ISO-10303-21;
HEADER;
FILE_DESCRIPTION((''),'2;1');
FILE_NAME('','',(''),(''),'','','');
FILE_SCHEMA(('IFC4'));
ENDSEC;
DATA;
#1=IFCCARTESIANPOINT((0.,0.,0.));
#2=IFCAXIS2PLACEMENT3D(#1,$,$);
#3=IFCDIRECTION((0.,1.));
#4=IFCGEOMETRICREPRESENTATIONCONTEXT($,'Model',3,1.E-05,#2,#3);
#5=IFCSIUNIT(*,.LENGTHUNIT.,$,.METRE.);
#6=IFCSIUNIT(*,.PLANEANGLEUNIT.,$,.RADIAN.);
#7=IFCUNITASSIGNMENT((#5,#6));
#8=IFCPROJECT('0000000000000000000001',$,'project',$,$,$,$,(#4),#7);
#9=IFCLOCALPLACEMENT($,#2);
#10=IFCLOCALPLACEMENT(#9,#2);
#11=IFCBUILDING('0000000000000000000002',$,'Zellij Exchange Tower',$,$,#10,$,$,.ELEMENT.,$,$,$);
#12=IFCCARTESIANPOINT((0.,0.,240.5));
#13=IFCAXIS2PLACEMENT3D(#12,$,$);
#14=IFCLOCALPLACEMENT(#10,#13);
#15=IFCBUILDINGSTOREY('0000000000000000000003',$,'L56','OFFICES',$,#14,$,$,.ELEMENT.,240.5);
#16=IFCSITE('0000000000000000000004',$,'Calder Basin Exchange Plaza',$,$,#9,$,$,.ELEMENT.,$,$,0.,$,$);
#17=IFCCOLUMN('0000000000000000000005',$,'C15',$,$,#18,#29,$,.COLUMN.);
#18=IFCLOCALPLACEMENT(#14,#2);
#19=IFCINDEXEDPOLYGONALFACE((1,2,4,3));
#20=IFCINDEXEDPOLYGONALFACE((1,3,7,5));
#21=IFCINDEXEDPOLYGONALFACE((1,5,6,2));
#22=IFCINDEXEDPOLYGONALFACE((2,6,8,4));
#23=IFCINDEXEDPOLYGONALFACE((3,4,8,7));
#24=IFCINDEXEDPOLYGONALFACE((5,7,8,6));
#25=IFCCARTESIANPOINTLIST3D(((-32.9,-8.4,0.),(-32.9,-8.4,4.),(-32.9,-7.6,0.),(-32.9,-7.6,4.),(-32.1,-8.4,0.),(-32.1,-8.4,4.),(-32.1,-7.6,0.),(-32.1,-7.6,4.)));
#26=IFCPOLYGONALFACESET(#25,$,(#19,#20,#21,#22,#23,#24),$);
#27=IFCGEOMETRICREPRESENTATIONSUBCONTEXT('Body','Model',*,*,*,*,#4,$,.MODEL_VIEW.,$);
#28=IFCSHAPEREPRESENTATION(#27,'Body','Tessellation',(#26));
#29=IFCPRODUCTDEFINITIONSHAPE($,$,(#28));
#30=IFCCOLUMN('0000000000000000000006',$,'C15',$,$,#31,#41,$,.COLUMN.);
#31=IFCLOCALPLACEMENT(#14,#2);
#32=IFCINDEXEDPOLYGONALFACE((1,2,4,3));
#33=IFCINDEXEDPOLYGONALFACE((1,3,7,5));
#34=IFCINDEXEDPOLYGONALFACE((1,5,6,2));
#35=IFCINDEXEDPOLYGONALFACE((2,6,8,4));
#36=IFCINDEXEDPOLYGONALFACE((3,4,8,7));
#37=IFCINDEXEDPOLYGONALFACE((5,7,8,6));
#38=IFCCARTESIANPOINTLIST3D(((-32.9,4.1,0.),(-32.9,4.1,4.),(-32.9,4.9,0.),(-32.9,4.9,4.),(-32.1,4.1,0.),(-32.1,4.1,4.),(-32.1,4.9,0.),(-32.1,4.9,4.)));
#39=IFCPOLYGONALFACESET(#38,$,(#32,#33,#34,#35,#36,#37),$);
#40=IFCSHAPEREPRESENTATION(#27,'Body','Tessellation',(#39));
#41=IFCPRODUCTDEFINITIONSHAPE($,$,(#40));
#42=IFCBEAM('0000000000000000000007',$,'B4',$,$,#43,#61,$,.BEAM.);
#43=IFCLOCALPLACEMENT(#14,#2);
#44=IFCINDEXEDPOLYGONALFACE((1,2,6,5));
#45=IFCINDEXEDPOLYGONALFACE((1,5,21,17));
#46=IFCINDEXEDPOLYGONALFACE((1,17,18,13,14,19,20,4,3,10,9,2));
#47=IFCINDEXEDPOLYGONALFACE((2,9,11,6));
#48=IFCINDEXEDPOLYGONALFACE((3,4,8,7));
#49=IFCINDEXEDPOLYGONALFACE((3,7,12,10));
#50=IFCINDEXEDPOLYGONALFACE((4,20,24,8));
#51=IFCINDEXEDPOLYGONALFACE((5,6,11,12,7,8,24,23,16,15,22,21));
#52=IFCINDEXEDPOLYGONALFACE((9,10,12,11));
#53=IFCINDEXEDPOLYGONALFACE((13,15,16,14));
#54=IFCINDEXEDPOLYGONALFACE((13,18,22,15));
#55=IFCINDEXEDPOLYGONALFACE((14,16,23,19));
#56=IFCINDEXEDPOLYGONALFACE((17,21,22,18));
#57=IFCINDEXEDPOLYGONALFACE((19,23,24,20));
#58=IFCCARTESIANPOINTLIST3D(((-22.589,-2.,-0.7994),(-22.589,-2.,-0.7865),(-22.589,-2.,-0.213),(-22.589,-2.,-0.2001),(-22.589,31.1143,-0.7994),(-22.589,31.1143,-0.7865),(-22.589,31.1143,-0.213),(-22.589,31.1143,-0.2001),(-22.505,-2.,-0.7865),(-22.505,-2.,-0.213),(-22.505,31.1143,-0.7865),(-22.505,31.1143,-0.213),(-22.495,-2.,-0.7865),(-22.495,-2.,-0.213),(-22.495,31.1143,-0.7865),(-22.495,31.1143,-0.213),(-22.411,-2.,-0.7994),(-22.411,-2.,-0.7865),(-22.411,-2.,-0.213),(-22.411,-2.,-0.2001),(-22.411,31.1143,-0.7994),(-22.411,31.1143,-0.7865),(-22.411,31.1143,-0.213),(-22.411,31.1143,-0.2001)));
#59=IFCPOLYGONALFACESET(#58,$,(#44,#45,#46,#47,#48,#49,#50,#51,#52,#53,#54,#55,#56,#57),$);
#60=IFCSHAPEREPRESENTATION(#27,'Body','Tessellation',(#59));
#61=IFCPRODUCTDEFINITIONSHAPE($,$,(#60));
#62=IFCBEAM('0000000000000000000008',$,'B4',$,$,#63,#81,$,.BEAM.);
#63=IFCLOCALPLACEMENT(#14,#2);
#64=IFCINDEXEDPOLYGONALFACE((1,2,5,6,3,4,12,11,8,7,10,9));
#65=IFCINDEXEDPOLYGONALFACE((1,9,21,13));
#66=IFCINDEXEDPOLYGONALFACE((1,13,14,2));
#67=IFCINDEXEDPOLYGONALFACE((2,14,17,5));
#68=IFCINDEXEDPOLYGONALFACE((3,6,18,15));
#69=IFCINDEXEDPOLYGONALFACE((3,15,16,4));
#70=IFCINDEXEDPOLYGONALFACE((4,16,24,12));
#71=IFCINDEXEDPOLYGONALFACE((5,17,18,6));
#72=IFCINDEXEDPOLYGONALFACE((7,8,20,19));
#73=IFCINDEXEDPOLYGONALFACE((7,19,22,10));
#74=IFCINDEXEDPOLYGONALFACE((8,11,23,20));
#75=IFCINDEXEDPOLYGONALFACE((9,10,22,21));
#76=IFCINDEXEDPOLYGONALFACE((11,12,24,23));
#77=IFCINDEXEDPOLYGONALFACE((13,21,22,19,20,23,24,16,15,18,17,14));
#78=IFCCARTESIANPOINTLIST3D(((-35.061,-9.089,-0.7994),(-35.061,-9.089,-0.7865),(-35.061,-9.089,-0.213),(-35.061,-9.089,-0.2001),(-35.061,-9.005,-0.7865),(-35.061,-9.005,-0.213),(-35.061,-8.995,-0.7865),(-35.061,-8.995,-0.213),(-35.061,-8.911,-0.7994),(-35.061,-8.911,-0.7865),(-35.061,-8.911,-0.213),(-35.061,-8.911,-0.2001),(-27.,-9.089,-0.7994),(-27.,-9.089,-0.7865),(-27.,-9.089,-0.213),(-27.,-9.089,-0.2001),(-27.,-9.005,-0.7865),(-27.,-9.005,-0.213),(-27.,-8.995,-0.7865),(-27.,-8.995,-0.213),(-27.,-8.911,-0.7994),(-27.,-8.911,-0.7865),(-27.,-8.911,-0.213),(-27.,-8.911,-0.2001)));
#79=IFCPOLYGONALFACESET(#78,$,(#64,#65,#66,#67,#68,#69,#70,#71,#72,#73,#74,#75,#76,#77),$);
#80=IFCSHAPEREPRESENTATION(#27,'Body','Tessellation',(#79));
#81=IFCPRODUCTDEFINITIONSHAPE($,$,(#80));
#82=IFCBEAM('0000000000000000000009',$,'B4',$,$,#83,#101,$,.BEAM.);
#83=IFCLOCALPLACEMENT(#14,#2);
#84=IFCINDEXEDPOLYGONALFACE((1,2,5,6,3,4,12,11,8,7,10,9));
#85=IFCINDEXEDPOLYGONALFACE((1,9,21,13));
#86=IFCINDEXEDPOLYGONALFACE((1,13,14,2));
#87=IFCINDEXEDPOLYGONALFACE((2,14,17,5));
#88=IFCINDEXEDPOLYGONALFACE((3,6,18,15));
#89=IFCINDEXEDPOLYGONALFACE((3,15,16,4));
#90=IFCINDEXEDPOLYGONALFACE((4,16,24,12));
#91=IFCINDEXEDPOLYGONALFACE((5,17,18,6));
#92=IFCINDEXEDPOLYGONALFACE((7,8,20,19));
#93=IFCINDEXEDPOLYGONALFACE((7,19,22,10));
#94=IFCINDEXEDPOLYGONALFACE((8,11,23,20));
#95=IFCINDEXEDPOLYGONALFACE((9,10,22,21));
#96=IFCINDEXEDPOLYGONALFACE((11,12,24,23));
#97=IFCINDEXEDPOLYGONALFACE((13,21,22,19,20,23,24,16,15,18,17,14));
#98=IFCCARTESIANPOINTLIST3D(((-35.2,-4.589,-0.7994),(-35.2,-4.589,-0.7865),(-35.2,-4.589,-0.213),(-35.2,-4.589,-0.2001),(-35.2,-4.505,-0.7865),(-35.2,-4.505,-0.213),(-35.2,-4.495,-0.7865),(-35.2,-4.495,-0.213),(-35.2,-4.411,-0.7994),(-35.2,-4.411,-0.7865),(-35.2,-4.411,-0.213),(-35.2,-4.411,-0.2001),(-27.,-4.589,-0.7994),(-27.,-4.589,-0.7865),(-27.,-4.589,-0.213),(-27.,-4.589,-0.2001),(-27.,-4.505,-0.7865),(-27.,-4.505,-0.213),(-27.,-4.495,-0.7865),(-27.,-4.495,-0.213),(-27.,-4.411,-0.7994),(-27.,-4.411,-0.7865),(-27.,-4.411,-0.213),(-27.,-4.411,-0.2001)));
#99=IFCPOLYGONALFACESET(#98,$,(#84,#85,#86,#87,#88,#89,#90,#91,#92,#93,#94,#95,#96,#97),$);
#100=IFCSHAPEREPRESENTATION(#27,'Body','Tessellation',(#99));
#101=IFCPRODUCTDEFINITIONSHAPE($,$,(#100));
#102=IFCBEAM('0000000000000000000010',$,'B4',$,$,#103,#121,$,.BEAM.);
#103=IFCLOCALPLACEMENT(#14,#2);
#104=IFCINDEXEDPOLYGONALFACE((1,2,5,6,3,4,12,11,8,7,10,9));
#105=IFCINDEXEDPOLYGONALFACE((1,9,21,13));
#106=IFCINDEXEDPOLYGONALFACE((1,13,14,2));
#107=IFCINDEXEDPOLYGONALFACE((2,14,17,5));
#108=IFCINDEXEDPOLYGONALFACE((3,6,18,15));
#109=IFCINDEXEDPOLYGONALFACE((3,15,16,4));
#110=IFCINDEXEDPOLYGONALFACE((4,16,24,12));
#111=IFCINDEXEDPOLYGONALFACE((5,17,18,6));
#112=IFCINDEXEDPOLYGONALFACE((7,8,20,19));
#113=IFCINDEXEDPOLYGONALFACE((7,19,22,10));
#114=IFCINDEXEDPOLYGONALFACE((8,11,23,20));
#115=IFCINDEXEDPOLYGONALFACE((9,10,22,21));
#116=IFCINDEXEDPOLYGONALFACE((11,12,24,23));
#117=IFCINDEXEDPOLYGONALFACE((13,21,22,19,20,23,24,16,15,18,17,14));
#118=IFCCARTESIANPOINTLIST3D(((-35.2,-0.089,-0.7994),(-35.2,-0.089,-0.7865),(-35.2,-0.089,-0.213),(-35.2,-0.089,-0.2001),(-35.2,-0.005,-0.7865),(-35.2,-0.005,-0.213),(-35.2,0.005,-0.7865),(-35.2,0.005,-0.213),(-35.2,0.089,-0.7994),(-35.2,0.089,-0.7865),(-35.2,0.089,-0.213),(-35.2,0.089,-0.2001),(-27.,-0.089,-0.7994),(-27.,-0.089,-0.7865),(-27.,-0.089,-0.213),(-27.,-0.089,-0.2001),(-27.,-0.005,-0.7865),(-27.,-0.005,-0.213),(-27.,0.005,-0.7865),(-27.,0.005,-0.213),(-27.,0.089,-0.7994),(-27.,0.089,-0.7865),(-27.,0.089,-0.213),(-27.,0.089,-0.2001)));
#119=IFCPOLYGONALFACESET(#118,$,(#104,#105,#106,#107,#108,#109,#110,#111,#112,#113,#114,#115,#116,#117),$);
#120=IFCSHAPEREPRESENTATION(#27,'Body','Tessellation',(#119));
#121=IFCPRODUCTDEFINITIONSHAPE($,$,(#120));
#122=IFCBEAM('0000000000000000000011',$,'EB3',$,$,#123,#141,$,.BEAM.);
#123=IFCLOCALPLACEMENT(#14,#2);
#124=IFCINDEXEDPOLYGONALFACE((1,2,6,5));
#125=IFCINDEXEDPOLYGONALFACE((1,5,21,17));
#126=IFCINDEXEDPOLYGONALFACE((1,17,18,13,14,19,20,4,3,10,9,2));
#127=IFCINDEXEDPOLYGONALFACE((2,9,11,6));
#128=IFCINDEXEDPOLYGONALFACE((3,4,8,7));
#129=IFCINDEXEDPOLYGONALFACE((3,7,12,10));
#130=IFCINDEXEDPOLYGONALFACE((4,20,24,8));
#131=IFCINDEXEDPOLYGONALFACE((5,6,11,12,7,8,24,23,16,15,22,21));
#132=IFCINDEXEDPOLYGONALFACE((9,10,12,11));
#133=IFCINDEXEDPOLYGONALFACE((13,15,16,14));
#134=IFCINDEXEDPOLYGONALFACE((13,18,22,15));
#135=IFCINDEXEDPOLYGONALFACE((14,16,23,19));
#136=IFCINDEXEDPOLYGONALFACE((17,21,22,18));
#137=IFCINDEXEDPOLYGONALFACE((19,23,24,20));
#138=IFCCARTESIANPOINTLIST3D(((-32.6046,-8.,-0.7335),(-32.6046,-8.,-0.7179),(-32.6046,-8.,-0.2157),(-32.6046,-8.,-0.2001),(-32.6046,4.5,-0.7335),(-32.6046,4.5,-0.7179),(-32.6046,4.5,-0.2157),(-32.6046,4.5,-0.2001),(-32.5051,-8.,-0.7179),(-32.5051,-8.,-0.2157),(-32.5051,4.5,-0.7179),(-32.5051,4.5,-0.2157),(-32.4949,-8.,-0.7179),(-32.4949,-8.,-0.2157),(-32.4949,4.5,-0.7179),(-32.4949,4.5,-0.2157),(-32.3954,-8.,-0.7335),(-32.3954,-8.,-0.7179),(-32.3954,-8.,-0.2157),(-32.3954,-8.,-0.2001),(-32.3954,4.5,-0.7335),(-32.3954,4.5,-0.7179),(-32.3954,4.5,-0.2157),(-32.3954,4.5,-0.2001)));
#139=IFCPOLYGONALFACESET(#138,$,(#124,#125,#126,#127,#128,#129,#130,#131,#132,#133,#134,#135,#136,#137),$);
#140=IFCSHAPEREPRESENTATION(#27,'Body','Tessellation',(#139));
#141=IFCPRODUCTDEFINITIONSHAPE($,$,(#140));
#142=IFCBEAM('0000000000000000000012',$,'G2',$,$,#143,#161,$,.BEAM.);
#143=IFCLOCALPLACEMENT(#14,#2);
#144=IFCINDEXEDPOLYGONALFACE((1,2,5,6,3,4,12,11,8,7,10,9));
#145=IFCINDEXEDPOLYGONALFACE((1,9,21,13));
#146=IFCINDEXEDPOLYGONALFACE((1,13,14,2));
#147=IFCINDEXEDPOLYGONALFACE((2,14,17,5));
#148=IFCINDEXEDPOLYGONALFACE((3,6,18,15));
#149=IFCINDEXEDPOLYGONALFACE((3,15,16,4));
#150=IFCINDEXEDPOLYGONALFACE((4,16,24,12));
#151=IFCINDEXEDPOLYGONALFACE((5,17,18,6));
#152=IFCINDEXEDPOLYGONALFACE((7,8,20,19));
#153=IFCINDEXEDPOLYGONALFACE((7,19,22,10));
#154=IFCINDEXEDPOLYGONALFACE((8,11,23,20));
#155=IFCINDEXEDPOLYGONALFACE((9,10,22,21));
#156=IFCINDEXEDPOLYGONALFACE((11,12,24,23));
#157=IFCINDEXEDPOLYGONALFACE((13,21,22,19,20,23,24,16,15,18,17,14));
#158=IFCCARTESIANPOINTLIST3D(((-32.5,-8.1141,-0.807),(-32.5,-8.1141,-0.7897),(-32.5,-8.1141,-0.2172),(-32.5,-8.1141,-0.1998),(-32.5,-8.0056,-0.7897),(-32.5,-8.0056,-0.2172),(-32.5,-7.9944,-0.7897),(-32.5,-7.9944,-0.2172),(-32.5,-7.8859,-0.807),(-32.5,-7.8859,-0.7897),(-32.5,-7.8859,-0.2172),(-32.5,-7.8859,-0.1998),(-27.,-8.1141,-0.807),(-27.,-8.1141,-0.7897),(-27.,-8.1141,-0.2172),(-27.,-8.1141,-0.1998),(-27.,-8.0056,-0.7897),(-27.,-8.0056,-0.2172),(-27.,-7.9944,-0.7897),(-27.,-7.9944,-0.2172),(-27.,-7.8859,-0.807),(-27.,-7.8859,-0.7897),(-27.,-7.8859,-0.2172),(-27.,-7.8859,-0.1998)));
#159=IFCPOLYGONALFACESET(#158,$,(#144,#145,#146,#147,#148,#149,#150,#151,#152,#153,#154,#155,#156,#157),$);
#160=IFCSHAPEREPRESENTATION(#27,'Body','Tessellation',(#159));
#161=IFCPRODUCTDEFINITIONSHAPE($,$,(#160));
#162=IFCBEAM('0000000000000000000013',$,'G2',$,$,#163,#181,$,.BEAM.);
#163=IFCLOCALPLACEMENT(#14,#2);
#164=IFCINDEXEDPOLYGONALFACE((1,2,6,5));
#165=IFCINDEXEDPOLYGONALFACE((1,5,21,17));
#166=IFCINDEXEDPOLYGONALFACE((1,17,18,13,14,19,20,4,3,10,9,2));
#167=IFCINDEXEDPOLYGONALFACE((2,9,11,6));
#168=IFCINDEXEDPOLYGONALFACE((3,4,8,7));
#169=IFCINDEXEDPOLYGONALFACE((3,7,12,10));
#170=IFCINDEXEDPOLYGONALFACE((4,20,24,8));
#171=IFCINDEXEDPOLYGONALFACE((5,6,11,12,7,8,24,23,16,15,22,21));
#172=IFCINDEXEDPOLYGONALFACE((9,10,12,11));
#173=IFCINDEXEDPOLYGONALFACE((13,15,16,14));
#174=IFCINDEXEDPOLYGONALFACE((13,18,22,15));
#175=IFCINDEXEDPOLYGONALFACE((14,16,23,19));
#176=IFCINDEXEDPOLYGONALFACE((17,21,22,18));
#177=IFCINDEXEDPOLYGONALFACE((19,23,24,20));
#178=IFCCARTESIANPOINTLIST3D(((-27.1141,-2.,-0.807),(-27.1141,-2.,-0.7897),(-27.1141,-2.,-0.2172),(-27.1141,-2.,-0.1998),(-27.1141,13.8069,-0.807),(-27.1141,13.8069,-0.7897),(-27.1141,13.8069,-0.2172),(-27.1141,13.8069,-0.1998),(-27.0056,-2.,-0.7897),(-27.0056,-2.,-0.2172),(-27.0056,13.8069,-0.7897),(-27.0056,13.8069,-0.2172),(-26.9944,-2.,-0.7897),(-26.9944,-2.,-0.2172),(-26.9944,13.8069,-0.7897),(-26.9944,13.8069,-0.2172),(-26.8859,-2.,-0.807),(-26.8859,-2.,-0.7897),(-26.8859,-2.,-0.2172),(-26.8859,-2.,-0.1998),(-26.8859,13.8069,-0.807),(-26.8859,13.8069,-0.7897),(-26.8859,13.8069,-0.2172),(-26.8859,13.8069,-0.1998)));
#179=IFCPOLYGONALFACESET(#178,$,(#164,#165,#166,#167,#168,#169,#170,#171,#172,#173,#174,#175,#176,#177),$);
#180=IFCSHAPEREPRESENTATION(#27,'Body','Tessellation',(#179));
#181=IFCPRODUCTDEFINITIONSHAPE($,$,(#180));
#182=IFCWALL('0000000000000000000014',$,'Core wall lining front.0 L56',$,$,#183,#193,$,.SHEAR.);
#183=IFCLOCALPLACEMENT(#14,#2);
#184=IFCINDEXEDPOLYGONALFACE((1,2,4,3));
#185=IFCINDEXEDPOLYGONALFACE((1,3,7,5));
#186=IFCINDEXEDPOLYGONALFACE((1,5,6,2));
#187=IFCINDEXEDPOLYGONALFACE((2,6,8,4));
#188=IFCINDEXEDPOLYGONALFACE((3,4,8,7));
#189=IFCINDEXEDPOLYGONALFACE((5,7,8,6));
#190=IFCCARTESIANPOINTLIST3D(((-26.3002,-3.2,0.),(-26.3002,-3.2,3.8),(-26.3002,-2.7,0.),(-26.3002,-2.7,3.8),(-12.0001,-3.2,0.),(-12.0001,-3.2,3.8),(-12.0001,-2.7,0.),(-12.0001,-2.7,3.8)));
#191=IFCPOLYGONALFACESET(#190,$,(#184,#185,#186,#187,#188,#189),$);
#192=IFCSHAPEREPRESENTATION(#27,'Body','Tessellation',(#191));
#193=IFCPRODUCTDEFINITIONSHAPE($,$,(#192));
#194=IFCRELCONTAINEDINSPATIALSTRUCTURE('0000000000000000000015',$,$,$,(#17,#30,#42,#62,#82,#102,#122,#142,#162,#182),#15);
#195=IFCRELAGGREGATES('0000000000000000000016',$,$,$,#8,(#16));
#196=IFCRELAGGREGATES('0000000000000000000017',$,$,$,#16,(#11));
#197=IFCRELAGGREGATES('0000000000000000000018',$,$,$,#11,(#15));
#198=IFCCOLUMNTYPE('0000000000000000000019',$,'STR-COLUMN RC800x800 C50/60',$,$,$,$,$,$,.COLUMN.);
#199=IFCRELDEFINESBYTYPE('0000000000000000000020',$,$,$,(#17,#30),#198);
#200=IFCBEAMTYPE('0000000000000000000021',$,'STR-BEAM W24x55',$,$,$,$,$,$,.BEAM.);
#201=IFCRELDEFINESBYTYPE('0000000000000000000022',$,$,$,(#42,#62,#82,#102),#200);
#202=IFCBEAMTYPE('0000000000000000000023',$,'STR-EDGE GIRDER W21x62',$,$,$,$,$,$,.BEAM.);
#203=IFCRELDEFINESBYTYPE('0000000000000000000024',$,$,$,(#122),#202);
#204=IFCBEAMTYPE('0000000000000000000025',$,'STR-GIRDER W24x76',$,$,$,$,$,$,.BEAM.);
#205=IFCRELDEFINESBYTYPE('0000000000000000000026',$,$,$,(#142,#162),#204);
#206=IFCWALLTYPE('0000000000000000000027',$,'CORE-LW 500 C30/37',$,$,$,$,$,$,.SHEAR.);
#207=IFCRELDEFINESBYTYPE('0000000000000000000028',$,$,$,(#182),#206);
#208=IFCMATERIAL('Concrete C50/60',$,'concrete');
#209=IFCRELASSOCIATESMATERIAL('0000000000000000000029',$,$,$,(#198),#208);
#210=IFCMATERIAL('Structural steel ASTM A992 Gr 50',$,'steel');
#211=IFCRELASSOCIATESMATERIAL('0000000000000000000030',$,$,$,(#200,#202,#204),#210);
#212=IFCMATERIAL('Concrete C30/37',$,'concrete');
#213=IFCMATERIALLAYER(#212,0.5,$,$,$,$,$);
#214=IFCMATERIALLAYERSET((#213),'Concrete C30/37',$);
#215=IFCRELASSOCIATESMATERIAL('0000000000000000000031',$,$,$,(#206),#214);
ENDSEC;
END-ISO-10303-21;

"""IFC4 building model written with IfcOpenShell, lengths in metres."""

from ifc_helpers import new_model, si_unit, direction, frame, frame_2d, origin, origin_2d, place, context, subcontext, project, spatial, rectangle, i_section, extrude, material, layer, layer_set, material_profile, profile_set, type_object, element, save


model = new_model("IFC4")

# Units and contexts
model_context = context("Model", 3, precision=1e-05, world=origin(), true_north=direction((0.0, 1.0)))
body_context = subcontext(model_context, "Body", "Model", "MODEL_VIEW")
ifc_project = project(units=[si_unit("LENGTHUNIT", "METRE"), si_unit("PLANEANGLEUNIT", "RADIAN")], contexts=[model_context])

# Site, building, storey
site_placement = place(None, origin())
site = spatial("IfcSite", under=ifc_project, at=site_placement, Name="Calder Basin Exchange Plaza", CompositionType="ELEMENT", RefElevation=0.0)
building_placement = place(site_placement, origin())
building = spatial("IfcBuilding", under=site, at=building_placement, Name="Zellij Exchange Tower", CompositionType="ELEMENT")
storey_placement = place(building_placement, frame((0.0, 0.0, 240.5)))
storey = spatial("IfcBuildingStorey", under=building, at=storey_placement, Name="L56", Description="OFFICES", CompositionType="ELEMENT", Elevation=240.5)

# Columns
ifc_material_1 = material(Name="Concrete C50/60", Category="concrete")
ifc_material_profile_1 = material_profile(ifc_material_1, rectangle(XDim=0.8, YDim=0.8, at=origin_2d()), Name="STR-COLUMN RC800x800 C50/60")
ifc_profile_set_1 = profile_set([ifc_material_profile_1], Name="Concrete C50/60")
column_type = type_object("IfcColumnType", Name="STR-COLUMN RC800x800 C50/60", PredefinedType="COLUMN", material=ifc_profile_set_1)
for number, where, z_axis, x_axis, name in (
    (1, (-32.5, -8.0, 0.0), (0.0, 0.0, 1.0), (1.0, 0.0, 0.0), "C15"),
    (2, (-32.5, 4.5, 0.0), (0.0, 0.0, 1.0), (1.0, 0.0, 0.0), "C15"),
):
    element("IfcColumn", number, at=place(storey_placement, frame(where, z_axis=z_axis, x_axis=x_axis)), inside=storey, type_object=column_type, Name=name, PredefinedType="COLUMN", context=body_context, shape_type="SweptSolid", body=[
        extrude(rectangle(XDim=0.8, YDim=0.8, at=origin_2d()), origin(), (0.0, 0.0, 1.0), 4.0),
    ])

# Beams
ifc_material_2 = material(Name="Structural steel ASTM A992 Gr 50", Category="steel")
ifc_material_profile_2 = material_profile(ifc_material_2, i_section(OverallWidth=0.178, OverallDepth=0.5994, WebThickness=0.01, FlangeThickness=0.0129, at=origin_2d()), Name="W24x55")
ifc_profile_set_2 = profile_set([ifc_material_profile_2], Name="Structural steel ASTM A992 Gr 50")
beam_type_1 = type_object("IfcBeamType", Name="STR-BEAM W24x55", PredefinedType="BEAM", material=ifc_profile_set_2)
beam_1_placement = place(storey_placement, frame((-22.5, -2.0, -0.4998), z_axis=(0.0, 1.0, 0.0), x_axis=(-1.0, 0.0, 0.0)))
element("IfcBeam", 3, at=beam_1_placement, inside=storey, type_object=beam_type_1, Name="B4", PredefinedType="BEAM", context=body_context, shape_type="SweptSolid", body=[
    extrude(i_section(OverallWidth=0.178, OverallDepth=0.5994, WebThickness=0.01, FlangeThickness=0.0129, at=origin_2d()), origin(), (0.0, 0.0, 1.0), 33.1143),
])
beam_2_placement = place(storey_placement, frame((-35.061, -9.0, -0.4998), z_axis=(1.0, 0.0, 0.0), x_axis=(0.0, 1.0, 0.0)))
element("IfcBeam", 4, at=beam_2_placement, inside=storey, type_object=beam_type_1, Name="B4", PredefinedType="BEAM", context=body_context, shape_type="SweptSolid", body=[
    extrude(i_section(OverallWidth=0.178, OverallDepth=0.5994, WebThickness=0.01, FlangeThickness=0.0129, at=origin_2d()), origin(), (0.0, 0.0, 1.0), 8.061),
])
for number, where, z_axis, x_axis, name in (
    (5, (-35.2, -4.5, -0.4998), (1.0, 0.0, 0.0), (0.0, 1.0, 0.0), "B4"),
    (6, (-35.2, 0.0, -0.4998), (1.0, 0.0, 0.0), (0.0, 1.0, 0.0), "B4"),
):
    element("IfcBeam", number, at=place(storey_placement, frame(where, z_axis=z_axis, x_axis=x_axis)), inside=storey, type_object=beam_type_1, Name=name, PredefinedType="BEAM", context=body_context, shape_type="SweptSolid", body=[
        extrude(i_section(OverallWidth=0.178, OverallDepth=0.5994, WebThickness=0.01, FlangeThickness=0.0129, at=origin_2d()), origin(), (0.0, 0.0, 1.0), 8.2),
    ])
ifc_material_profile_3 = material_profile(ifc_material_2, i_section(OverallWidth=0.2092, OverallDepth=0.5334, WebThickness=0.0103, FlangeThickness=0.0156, at=origin_2d()), Name="W21x62")
ifc_profile_set_3 = profile_set([ifc_material_profile_3], Name="Structural steel ASTM A992 Gr 50")
beam_type_2 = type_object("IfcBeamType", Name="STR-EDGE GIRDER W21x62", PredefinedType="BEAM", material=ifc_profile_set_3)
beam_3_placement = place(storey_placement, frame((-32.5, -8.0, -0.4668), z_axis=(0.0, 1.0, 0.0), x_axis=(-1.0, 0.0, 0.0)))
element("IfcBeam", 7, at=beam_3_placement, inside=storey, type_object=beam_type_2, Name="EB3", PredefinedType="BEAM", context=body_context, shape_type="SweptSolid", body=[
    extrude(i_section(OverallWidth=0.2092, OverallDepth=0.5334, WebThickness=0.0103, FlangeThickness=0.0156, at=origin_2d()), origin(), (0.0, 0.0, 1.0), 12.5),
])
ifc_material_profile_4 = material_profile(ifc_material_2, i_section(OverallWidth=0.2283, OverallDepth=0.6072, WebThickness=0.0112, FlangeThickness=0.0173, at=origin_2d()), Name="W24x76")
ifc_profile_set_4 = profile_set([ifc_material_profile_4], Name="Structural steel ASTM A992 Gr 50")
beam_type_3 = type_object("IfcBeamType", Name="STR-GIRDER W24x76", PredefinedType="BEAM", material=ifc_profile_set_4)
beam_4_placement = place(storey_placement, frame((-32.5, -8.0, -0.5034), z_axis=(1.0, 0.0, 0.0), x_axis=(0.0, 1.0, 0.0)))
element("IfcBeam", 8, at=beam_4_placement, inside=storey, type_object=beam_type_3, Name="G2", PredefinedType="BEAM", context=body_context, shape_type="SweptSolid", body=[
    extrude(i_section(OverallWidth=0.2283, OverallDepth=0.6072, WebThickness=0.0112, FlangeThickness=0.0173, at=origin_2d()), origin(), (0.0, 0.0, 1.0), 5.5),
])
beam_5_placement = place(storey_placement, frame((-27.0, -2.0, -0.5034), z_axis=(0.0, 1.0, 0.0), x_axis=(-1.0, 0.0, 0.0)))
element("IfcBeam", 9, at=beam_5_placement, inside=storey, type_object=beam_type_3, Name="G2", PredefinedType="BEAM", context=body_context, shape_type="SweptSolid", body=[
    extrude(i_section(OverallWidth=0.2283, OverallDepth=0.6072, WebThickness=0.0112, FlangeThickness=0.0173, at=origin_2d()), origin(), (0.0, 0.0, 1.0), 15.8069),
])

# Wall
ifc_material_3 = material(Name="Concrete C30/37", Category="concrete")
ifc_layer_1 = layer(ifc_material_3, 0.5)
ifc_layer_set_1 = layer_set([ifc_layer_1], Name="Concrete C30/37")
wall_type_1 = type_object("IfcWallType", Name="CORE-LW 500 C30/37", PredefinedType="SHEAR", material=ifc_layer_set_1)
wall_1_placement = place(storey_placement, frame((-26.3, -2.95, 0.0), z_axis=(0.0, 0.0, 1.0), x_axis=(1.0, 0.0, 0.0)))
element("IfcWall", 10, at=wall_1_placement, inside=storey, type_object=wall_type_1, Name="Core wall lining front.0 L56", PredefinedType="SHEAR", context=body_context, shape_type="SweptSolid", body=[
    extrude(rectangle(XDim=14.3, YDim=0.5, at=frame_2d((7.1499, 0.0))), origin(), (0.0, 0.0, 1.0), 3.8),
])

save(model, "model.ifc")
